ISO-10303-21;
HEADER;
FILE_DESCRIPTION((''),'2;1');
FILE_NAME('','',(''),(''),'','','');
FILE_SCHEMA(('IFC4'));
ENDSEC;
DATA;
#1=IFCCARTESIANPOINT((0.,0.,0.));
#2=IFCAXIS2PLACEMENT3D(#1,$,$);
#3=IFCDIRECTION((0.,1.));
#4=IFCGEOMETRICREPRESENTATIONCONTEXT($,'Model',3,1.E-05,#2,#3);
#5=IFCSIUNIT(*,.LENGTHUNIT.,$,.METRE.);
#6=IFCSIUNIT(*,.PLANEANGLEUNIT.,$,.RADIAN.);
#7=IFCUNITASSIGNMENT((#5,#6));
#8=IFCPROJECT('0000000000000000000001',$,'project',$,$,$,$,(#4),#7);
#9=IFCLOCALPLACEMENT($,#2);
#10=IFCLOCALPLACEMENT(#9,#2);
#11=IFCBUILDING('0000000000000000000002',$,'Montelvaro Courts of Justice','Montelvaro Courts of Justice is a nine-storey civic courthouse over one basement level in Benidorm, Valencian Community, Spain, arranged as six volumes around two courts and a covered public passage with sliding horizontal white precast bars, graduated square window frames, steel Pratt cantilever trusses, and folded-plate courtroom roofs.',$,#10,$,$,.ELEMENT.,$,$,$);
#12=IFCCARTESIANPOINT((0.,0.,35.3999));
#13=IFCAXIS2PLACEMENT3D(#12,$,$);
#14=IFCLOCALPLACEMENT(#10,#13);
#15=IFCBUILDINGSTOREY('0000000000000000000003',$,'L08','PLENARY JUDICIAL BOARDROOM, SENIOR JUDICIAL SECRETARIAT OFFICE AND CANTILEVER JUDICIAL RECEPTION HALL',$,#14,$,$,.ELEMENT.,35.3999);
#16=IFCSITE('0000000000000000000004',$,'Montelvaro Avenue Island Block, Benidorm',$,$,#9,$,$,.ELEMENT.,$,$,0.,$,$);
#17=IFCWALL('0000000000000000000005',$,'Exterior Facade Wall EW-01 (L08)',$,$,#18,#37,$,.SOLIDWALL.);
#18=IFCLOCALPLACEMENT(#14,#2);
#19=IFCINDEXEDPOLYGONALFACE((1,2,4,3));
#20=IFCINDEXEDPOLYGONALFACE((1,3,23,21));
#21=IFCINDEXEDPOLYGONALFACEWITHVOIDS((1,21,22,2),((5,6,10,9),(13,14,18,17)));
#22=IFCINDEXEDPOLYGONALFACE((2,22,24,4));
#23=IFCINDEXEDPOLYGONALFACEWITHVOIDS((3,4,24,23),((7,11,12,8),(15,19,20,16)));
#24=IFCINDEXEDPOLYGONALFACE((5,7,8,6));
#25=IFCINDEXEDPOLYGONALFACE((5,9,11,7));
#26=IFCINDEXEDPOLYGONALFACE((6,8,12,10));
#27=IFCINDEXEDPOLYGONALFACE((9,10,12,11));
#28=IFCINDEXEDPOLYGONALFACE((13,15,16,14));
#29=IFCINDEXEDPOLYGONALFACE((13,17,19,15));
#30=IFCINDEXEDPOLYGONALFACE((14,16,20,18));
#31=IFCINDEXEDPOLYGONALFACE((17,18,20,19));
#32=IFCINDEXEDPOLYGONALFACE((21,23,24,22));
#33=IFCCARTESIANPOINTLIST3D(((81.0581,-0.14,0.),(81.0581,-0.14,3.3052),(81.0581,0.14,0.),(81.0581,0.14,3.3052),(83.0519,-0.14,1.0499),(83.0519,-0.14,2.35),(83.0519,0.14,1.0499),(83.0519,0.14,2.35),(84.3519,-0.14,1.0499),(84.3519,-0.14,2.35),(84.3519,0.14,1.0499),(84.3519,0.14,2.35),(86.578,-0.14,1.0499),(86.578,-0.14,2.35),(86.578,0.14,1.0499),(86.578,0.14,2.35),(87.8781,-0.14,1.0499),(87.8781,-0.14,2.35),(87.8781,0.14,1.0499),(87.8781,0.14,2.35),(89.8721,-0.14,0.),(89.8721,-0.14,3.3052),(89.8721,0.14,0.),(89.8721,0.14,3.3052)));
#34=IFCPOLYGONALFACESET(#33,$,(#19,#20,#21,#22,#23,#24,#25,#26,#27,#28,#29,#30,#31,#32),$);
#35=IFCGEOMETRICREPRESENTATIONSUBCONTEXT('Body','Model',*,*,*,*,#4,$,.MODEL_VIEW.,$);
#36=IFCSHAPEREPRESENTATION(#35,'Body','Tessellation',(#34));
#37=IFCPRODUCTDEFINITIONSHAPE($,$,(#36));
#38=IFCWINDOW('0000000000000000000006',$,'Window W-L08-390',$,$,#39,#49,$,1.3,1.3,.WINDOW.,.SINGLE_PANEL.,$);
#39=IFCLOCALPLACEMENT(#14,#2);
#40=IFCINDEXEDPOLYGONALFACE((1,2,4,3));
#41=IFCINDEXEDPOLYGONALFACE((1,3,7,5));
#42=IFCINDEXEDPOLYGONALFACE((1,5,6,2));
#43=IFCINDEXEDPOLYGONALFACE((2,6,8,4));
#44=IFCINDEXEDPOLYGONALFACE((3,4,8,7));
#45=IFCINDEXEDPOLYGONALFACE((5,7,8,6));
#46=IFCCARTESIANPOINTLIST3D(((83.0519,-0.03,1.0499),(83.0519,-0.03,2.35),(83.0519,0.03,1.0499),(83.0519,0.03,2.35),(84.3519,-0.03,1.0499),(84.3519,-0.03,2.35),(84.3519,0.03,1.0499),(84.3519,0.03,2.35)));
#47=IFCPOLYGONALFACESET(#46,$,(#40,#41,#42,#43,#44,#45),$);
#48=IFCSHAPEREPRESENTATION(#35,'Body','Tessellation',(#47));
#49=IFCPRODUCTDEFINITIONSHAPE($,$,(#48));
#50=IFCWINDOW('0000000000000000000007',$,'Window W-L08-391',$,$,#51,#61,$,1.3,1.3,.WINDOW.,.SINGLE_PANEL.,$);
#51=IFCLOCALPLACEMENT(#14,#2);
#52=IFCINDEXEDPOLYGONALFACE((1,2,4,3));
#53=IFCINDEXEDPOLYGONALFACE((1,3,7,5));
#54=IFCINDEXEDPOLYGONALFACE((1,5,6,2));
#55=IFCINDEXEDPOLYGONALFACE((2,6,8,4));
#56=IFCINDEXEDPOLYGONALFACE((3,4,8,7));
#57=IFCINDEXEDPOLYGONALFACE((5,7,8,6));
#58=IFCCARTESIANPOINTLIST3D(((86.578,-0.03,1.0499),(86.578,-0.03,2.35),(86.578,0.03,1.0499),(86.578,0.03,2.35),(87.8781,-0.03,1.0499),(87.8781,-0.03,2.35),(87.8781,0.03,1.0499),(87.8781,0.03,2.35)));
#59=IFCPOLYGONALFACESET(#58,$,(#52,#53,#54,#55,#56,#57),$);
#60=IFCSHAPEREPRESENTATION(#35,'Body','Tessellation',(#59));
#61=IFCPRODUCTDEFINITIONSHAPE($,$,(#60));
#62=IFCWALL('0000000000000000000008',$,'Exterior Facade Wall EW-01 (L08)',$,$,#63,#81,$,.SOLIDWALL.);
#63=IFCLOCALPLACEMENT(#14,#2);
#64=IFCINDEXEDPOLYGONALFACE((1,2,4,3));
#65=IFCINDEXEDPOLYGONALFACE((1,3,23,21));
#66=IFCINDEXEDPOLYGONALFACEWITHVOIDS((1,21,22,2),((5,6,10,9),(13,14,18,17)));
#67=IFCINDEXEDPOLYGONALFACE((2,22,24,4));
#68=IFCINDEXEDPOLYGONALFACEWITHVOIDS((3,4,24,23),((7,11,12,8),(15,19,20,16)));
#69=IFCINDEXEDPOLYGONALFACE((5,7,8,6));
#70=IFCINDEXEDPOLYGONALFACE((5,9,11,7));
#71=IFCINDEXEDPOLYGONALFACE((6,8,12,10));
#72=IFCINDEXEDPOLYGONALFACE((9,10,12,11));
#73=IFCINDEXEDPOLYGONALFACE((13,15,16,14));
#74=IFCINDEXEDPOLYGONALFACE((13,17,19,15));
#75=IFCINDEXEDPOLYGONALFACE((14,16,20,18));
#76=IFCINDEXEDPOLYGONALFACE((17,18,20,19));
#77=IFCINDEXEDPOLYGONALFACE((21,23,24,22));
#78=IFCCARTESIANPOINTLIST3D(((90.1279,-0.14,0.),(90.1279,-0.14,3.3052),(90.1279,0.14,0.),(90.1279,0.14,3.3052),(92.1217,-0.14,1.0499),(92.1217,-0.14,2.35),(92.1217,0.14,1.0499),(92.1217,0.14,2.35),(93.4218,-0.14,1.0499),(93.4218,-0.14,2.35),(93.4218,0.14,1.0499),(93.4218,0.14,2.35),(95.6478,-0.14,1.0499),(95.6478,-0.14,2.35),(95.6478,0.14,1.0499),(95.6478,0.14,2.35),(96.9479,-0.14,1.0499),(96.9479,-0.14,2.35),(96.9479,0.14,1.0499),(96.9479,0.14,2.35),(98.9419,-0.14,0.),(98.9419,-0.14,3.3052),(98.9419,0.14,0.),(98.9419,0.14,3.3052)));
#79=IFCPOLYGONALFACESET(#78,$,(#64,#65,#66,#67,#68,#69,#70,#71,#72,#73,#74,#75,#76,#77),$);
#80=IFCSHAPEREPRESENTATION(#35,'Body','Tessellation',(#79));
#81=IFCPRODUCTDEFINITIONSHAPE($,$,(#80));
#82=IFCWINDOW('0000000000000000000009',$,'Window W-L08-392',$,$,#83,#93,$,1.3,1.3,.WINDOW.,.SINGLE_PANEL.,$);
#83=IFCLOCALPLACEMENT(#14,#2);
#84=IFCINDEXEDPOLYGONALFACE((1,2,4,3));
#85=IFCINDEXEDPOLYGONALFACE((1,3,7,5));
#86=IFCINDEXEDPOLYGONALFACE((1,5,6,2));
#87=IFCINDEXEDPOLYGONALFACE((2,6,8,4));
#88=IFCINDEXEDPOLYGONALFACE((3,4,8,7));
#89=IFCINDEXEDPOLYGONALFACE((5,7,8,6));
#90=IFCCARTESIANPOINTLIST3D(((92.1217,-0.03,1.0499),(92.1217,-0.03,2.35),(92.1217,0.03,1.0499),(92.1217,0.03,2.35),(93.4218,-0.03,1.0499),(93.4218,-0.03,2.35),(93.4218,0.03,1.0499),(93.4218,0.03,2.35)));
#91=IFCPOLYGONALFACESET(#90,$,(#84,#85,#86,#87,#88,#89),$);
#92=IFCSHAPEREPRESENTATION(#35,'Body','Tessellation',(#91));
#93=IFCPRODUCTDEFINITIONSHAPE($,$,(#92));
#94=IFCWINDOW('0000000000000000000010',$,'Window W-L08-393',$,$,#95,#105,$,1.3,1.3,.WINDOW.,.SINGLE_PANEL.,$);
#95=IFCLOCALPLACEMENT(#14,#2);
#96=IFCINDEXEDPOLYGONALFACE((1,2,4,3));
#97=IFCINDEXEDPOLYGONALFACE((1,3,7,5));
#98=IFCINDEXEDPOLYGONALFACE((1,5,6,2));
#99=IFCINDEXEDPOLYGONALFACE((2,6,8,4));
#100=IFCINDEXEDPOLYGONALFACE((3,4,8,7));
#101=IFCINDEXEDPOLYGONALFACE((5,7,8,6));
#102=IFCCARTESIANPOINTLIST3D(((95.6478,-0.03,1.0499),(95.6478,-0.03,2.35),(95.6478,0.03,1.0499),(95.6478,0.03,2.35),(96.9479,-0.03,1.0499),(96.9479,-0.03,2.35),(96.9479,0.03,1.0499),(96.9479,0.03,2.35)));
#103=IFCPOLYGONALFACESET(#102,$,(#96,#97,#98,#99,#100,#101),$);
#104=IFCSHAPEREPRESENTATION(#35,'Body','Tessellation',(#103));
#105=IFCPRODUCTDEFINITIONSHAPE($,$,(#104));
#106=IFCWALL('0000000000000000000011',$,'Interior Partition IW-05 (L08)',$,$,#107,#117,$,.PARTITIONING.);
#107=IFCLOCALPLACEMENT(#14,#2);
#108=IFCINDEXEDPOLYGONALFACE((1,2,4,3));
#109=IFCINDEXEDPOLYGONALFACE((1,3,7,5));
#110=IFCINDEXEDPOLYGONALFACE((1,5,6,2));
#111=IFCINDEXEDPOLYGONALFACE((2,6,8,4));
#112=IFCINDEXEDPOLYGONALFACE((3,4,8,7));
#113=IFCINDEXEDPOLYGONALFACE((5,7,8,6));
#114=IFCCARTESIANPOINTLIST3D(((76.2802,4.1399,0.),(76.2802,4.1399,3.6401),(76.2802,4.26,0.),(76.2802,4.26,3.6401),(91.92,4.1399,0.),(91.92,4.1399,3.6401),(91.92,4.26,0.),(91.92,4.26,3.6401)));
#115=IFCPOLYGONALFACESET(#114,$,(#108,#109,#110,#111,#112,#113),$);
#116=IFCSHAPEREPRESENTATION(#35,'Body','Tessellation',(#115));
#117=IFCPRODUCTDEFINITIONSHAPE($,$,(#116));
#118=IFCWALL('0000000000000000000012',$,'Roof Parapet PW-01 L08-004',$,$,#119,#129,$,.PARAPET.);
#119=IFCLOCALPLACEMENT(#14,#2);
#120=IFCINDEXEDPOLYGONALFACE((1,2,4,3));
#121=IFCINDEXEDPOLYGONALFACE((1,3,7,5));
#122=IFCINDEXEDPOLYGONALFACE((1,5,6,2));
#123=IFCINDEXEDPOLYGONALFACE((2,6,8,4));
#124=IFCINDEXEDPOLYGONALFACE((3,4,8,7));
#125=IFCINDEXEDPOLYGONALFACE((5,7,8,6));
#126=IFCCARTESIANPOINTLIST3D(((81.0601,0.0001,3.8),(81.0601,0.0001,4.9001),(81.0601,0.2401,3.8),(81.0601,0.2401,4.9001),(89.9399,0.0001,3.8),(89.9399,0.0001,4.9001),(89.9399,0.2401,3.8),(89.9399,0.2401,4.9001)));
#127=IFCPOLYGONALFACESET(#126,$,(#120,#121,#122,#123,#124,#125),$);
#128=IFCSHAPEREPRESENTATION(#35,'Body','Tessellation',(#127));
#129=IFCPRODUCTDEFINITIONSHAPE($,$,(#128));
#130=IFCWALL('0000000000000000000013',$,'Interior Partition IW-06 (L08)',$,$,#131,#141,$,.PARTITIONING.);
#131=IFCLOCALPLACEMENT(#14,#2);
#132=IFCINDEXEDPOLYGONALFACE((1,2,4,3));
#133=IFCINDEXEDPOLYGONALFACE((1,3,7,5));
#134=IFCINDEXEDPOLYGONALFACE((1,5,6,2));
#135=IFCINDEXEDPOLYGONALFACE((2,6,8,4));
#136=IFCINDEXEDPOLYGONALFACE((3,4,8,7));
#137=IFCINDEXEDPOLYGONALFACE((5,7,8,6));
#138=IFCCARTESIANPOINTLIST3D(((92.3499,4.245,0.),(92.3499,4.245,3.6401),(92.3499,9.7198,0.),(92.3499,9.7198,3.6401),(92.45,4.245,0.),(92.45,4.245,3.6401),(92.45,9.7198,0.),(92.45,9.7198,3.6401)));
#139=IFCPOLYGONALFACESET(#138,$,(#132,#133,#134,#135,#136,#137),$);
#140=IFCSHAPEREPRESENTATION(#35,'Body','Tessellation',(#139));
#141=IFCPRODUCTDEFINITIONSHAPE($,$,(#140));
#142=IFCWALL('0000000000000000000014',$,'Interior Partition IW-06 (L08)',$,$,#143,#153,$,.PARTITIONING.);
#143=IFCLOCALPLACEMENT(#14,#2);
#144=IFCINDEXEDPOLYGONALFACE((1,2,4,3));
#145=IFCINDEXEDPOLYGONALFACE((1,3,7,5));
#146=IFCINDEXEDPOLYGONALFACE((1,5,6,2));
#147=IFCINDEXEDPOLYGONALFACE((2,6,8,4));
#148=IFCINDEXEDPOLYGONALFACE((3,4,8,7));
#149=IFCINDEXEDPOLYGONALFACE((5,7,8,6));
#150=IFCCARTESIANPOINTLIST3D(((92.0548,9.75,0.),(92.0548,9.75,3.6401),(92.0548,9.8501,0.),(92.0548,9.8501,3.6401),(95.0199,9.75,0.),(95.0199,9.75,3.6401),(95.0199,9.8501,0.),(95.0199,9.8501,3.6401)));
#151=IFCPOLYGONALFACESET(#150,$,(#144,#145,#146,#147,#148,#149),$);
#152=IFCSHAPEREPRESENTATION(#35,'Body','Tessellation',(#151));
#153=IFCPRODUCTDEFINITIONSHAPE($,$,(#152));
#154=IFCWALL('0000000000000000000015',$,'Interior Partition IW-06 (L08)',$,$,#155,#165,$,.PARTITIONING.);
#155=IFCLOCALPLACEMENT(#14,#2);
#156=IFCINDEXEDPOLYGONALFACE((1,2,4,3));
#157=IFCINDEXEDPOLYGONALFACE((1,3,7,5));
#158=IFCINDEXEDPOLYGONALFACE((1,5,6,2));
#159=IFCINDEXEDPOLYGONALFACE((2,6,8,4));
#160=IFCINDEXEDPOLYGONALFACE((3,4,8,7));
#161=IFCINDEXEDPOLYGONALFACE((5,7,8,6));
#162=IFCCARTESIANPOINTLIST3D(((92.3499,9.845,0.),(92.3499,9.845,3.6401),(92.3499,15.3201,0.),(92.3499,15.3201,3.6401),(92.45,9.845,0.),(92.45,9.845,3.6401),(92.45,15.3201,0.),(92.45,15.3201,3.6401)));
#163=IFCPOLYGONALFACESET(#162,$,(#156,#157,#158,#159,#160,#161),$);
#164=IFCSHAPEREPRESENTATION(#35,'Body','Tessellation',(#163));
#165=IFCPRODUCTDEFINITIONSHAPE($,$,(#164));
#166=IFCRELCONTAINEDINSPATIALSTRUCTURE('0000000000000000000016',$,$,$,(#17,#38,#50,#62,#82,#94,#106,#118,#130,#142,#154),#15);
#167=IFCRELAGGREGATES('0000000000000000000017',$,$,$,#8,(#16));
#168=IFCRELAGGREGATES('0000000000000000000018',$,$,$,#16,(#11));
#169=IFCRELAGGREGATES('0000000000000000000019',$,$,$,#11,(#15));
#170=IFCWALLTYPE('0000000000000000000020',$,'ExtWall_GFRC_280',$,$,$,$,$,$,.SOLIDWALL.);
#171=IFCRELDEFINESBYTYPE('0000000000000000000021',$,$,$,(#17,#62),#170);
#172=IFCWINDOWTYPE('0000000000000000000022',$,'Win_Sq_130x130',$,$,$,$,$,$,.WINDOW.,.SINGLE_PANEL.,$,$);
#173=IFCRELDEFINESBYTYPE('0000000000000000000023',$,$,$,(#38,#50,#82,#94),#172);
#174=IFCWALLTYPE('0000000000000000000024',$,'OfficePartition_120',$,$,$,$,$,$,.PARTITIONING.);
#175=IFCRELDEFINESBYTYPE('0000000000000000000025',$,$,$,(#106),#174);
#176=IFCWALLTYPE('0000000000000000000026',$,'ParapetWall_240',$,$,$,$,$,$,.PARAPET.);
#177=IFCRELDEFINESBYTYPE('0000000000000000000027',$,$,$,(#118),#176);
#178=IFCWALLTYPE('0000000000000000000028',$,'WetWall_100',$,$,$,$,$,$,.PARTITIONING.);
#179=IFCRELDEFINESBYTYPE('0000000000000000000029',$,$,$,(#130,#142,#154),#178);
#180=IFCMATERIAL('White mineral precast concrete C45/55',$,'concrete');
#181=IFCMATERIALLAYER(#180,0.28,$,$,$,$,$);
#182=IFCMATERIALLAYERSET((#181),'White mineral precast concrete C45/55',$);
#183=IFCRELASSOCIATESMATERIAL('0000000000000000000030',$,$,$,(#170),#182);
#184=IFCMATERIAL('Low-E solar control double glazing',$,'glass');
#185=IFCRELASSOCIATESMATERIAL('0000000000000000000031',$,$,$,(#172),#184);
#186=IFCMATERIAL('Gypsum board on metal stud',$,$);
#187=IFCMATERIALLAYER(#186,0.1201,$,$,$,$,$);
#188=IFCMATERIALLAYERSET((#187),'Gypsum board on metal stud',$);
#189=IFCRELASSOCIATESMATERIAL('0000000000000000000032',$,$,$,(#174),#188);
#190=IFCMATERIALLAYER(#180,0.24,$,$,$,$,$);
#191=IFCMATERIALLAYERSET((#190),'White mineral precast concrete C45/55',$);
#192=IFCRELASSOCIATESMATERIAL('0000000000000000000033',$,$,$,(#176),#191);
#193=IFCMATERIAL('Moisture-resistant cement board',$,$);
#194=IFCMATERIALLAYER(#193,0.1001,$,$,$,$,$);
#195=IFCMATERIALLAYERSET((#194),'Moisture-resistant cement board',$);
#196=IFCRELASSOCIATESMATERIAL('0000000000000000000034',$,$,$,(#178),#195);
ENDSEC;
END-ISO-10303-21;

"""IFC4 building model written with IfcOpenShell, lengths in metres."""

from ifc_helpers import new_model, si_unit, direction, frame, frame_2d, origin, place, context, subcontext, project, spatial, rectangle, extrude, material, layer, layer_set, type_object, element, fill, save


model = new_model("IFC4")

# Units and contexts
model_context = context("Model", 3, precision=1e-05, world=origin(), true_north=direction((0.0, 1.0)))
body_context = subcontext(model_context, "Body", "Model", "MODEL_VIEW")
ifc_project = project(units=[si_unit("LENGTHUNIT", "METRE"), si_unit("PLANEANGLEUNIT", "RADIAN")], contexts=[model_context])

# Site, building, storey
site_placement = place(None, origin())
site = spatial("IfcSite", under=ifc_project, at=site_placement, Name="Montelvaro Avenue Island Block, Benidorm", CompositionType="ELEMENT", RefElevation=0.0)
building_placement = place(site_placement, origin())
building = spatial("IfcBuilding", under=site, at=building_placement, Name="Montelvaro Courts of Justice", Description="Montelvaro Courts of Justice is a nine-storey civic courthouse over one basement level in Benidorm, Valencian Community, Spain, arranged as six volumes around two courts and a covered public passage with sliding horizontal white precast bars, graduated square window frames, steel Pratt cantilever trusses, and folded-plate courtroom roofs.", CompositionType="ELEMENT")
storey_placement = place(building_placement, frame((0.0, 0.0, 35.3999)))
storey = spatial("IfcBuildingStorey", under=building, at=storey_placement, Name="L08", Description="PLENARY JUDICIAL BOARDROOM, SENIOR JUDICIAL SECRETARIAT OFFICE AND CANTILEVER JUDICIAL RECEPTION HALL", CompositionType="ELEMENT", Elevation=35.3999)

# Shared definitions
ifc_material_1 = material(Name="White mineral precast concrete C45/55", Category="concrete")

# Walls, openings, windows
ifc_layer_1 = layer(ifc_material_1, 0.28)
ifc_layer_set_1 = layer_set([ifc_layer_1], Name="White mineral precast concrete C45/55")
wall_type_1 = type_object("IfcWallType", Name="ExtWall_GFRC_280", PredefinedType="SOLIDWALL", material=ifc_layer_set_1)
wall_1_placement = place(storey_placement, frame((81.0581, 0.0, 0.0), z_axis=(0.0, 0.0, 1.0), x_axis=(1.0, 0.0, 0.0)))
wall_1 = element("IfcWall", 1, at=wall_1_placement, inside=storey, type_object=wall_type_1, Name="Exterior Facade Wall EW-01 (L08)", PredefinedType="SOLIDWALL", context=body_context, shape_type="SweptSolid", body=[
    extrude(rectangle(XDim=8.814, YDim=0.28, at=frame_2d((4.407, 0.0))), origin(), (0.0, 0.0, 1.0), 3.3052),
])
opening_1_placement = place(wall_1_placement, frame((1.9939, 0.0, 1.05)))
opening_1 = element("IfcOpeningElement", 2, at=opening_1_placement, cuts=wall_1, PredefinedType="OPENING", context=body_context, shape_type="SweptSolid", body=[
    extrude(rectangle(XDim=1.3, YDim=1.3, at=frame_2d((0.6499, 0.6499))), frame((0.0, 0.1548, 0.0), z_axis=(0.0, -1.0, 0.0), x_axis=(1.0, 0.0, 0.0)), (0.0, 0.0, 1.0), 0.3098),
])
opening_2_placement = place(wall_1_placement, frame((5.52, 0.0, 1.05)))
opening_2 = element("IfcOpeningElement", 3, at=opening_2_placement, cuts=wall_1, PredefinedType="OPENING", context=body_context, shape_type="SweptSolid", body=[
    extrude(rectangle(XDim=1.3, YDim=1.3, at=frame_2d((0.6499, 0.6499))), frame((0.0, 0.1548, 0.0), z_axis=(0.0, -1.0, 0.0), x_axis=(1.0, 0.0, 0.0)), (0.0, 0.0, 1.0), 0.3098),
])
ifc_material_2 = material(Name="Low-E solar control double glazing", Category="glass")
window_type = type_object("IfcWindowType", Name="Win_Sq_130x130", PartitioningType="SINGLE_PANEL", PredefinedType="WINDOW", material=ifc_material_2)
window_1_placement = place(opening_1_placement, origin())
window_1 = element("IfcWindow", 4, at=window_1_placement, inside=storey, type_object=window_type, Name="Window W-L08-390", OverallHeight=1.3, OverallWidth=1.3, PartitioningType="SINGLE_PANEL", PredefinedType="WINDOW", context=body_context, shape_type="SweptSolid", body=[
    extrude(rectangle(XDim=1.3, YDim=1.3, at=frame_2d((0.6499, 0.6499))), frame((0.0, 0.03, 0.0), z_axis=(0.0, -1.0, 0.0), x_axis=(1.0, 0.0, 0.0)), (0.0, 0.0, 1.0), 0.0601),
])
fill(opening_1, window_1)
window_2_placement = place(opening_2_placement, origin())
window_2 = element("IfcWindow", 5, at=window_2_placement, inside=storey, type_object=window_type, Name="Window W-L08-391", OverallHeight=1.3, OverallWidth=1.3, PartitioningType="SINGLE_PANEL", PredefinedType="WINDOW", context=body_context, shape_type="SweptSolid", body=[
    extrude(rectangle(XDim=1.3, YDim=1.3, at=frame_2d((0.6499, 0.6499))), frame((0.0, 0.03, 0.0), z_axis=(0.0, -1.0, 0.0), x_axis=(1.0, 0.0, 0.0)), (0.0, 0.0, 1.0), 0.0601),
])
fill(opening_2, window_2)
wall_2_placement = place(storey_placement, frame((90.1279, 0.0, 0.0), z_axis=(0.0, 0.0, 1.0), x_axis=(1.0, 0.0, 0.0)))
wall_2 = element("IfcWall", 6, at=wall_2_placement, inside=storey, type_object=wall_type_1, Name="Exterior Facade Wall EW-01 (L08)", PredefinedType="SOLIDWALL", context=body_context, shape_type="SweptSolid", body=[
    extrude(rectangle(XDim=8.814, YDim=0.28, at=frame_2d((4.407, 0.0))), origin(), (0.0, 0.0, 1.0), 3.3052),
])
opening_3_placement = place(wall_2_placement, frame((1.9939, 0.0, 1.05)))
opening_3 = element("IfcOpeningElement", 7, at=opening_3_placement, cuts=wall_2, PredefinedType="OPENING", context=body_context, shape_type="SweptSolid", body=[
    extrude(rectangle(XDim=1.3, YDim=1.3, at=frame_2d((0.6499, 0.6499))), frame((0.0, 0.1548, 0.0), z_axis=(0.0, -1.0, 0.0), x_axis=(1.0, 0.0, 0.0)), (0.0, 0.0, 1.0), 0.3098),
])
opening_4_placement = place(wall_2_placement, frame((5.52, 0.0, 1.05)))
opening_4 = element("IfcOpeningElement", 8, at=opening_4_placement, cuts=wall_2, PredefinedType="OPENING", context=body_context, shape_type="SweptSolid", body=[
    extrude(rectangle(XDim=1.3, YDim=1.3, at=frame_2d((0.6499, 0.6499))), frame((0.0, 0.1548, 0.0), z_axis=(0.0, -1.0, 0.0), x_axis=(1.0, 0.0, 0.0)), (0.0, 0.0, 1.0), 0.3098),
])
window_3_placement = place(opening_3_placement, origin())
window_3 = element("IfcWindow", 9, at=window_3_placement, inside=storey, type_object=window_type, Name="Window W-L08-392", OverallHeight=1.3, OverallWidth=1.3, PartitioningType="SINGLE_PANEL", PredefinedType="WINDOW", context=body_context, shape_type="SweptSolid", body=[
    extrude(rectangle(XDim=1.3, YDim=1.3, at=frame_2d((0.6499, 0.6499))), frame((0.0, 0.03, 0.0), z_axis=(0.0, -1.0, 0.0), x_axis=(1.0, 0.0, 0.0)), (0.0, 0.0, 1.0), 0.0601),
])
fill(opening_3, window_3)
window_4_placement = place(opening_4_placement, origin())
window_4 = element("IfcWindow", 10, at=window_4_placement, inside=storey, type_object=window_type, Name="Window W-L08-393", OverallHeight=1.3, OverallWidth=1.3, PartitioningType="SINGLE_PANEL", PredefinedType="WINDOW", context=body_context, shape_type="SweptSolid", body=[
    extrude(rectangle(XDim=1.3, YDim=1.3, at=frame_2d((0.6499, 0.6499))), frame((0.0, 0.03, 0.0), z_axis=(0.0, -1.0, 0.0), x_axis=(1.0, 0.0, 0.0)), (0.0, 0.0, 1.0), 0.0601),
])
fill(opening_4, window_4)

# Walls
ifc_material_3 = material(Name="Gypsum board on metal stud")
ifc_layer_2 = layer(ifc_material_3, 0.1201)
ifc_layer_set_2 = layer_set([ifc_layer_2], Name="Gypsum board on metal stud")
wall_type_2 = type_object("IfcWallType", Name="OfficePartition_120", PredefinedType="PARTITIONING", material=ifc_layer_set_2)
wall_3_placement = place(storey_placement, frame((91.9199, 4.2, 0.0), z_axis=(0.0, 0.0, 1.0), x_axis=(-1.0, 0.0, 0.0)))
element("IfcWall", 11, at=wall_3_placement, inside=storey, type_object=wall_type_2, Name="Interior Partition IW-05 (L08)", PredefinedType="PARTITIONING", context=body_context, shape_type="SweptSolid", body=[
    extrude(rectangle(XDim=15.6399, YDim=0.1201, at=frame_2d((7.8198, 0.0))), origin(), (0.0, 0.0, 1.0), 3.6401),
])
ifc_layer_3 = layer(ifc_material_1, 0.24)
ifc_layer_set_3 = layer_set([ifc_layer_3], Name="White mineral precast concrete C45/55")
wall_type_3 = type_object("IfcWallType", Name="ParapetWall_240", PredefinedType="PARAPET", material=ifc_layer_set_3)
wall_4_placement = place(storey_placement, frame((81.0601, 0.1201, 3.8), z_axis=(0.0, 0.0, 1.0), x_axis=(1.0, 0.0, 0.0)))
element("IfcWall", 12, at=wall_4_placement, inside=storey, type_object=wall_type_3, Name="Roof Parapet PW-01 L08-004", PredefinedType="PARAPET", context=body_context, shape_type="SweptSolid", body=[
    extrude(rectangle(XDim=8.8799, YDim=0.24, at=frame_2d((4.4399, 0.0))), origin(), (0.0, 0.0, 1.0), 1.1001),
])
ifc_material_4 = material(Name="Moisture-resistant cement board")
ifc_layer_4 = layer(ifc_material_4, 0.1001)
ifc_layer_set_4 = layer_set([ifc_layer_4], Name="Moisture-resistant cement board")
wall_type_4 = type_object("IfcWallType", Name="WetWall_100", PredefinedType="PARTITIONING", material=ifc_layer_set_4)
wall_5_placement = place(storey_placement, frame((92.3999, 4.2451, 0.0), z_axis=(0.0, 0.0, 1.0), x_axis=(0.0, 1.0, 0.0)))
element("IfcWall", 13, at=wall_5_placement, inside=storey, type_object=wall_type_4, Name="Interior Partition IW-06 (L08)", PredefinedType="PARTITIONING", context=body_context, shape_type="SweptSolid", body=[
    extrude(rectangle(XDim=5.4749, YDim=0.1001, at=frame_2d((2.7373, 0.0))), origin(), (0.0, 0.0, 1.0), 3.6401),
])
wall_6_placement = place(storey_placement, frame((92.0549, 9.8, 0.0), z_axis=(0.0, 0.0, 1.0), x_axis=(1.0, 0.0, 0.0)))
element("IfcWall", 14, at=wall_6_placement, inside=storey, type_object=wall_type_4, Name="Interior Partition IW-06 (L08)", PredefinedType="PARTITIONING", context=body_context, shape_type="SweptSolid", body=[
    extrude(rectangle(XDim=2.9651, YDim=0.1001, at=frame_2d((1.4824, 0.0))), origin(), (0.0, 0.0, 1.0), 3.6401),
])
wall_7_placement = place(storey_placement, frame((92.3999, 9.845, 0.0), z_axis=(0.0, 0.0, 1.0), x_axis=(0.0, 1.0, 0.0)))
element("IfcWall", 15, at=wall_7_placement, inside=storey, type_object=wall_type_4, Name="Interior Partition IW-06 (L08)", PredefinedType="PARTITIONING", context=body_context, shape_type="SweptSolid", body=[
    extrude(rectangle(XDim=5.4751, YDim=0.1001, at=frame_2d((2.7375, 0.0))), origin(), (0.0, 0.0, 1.0), 3.6401),
])

save(model, "model.ifc")
